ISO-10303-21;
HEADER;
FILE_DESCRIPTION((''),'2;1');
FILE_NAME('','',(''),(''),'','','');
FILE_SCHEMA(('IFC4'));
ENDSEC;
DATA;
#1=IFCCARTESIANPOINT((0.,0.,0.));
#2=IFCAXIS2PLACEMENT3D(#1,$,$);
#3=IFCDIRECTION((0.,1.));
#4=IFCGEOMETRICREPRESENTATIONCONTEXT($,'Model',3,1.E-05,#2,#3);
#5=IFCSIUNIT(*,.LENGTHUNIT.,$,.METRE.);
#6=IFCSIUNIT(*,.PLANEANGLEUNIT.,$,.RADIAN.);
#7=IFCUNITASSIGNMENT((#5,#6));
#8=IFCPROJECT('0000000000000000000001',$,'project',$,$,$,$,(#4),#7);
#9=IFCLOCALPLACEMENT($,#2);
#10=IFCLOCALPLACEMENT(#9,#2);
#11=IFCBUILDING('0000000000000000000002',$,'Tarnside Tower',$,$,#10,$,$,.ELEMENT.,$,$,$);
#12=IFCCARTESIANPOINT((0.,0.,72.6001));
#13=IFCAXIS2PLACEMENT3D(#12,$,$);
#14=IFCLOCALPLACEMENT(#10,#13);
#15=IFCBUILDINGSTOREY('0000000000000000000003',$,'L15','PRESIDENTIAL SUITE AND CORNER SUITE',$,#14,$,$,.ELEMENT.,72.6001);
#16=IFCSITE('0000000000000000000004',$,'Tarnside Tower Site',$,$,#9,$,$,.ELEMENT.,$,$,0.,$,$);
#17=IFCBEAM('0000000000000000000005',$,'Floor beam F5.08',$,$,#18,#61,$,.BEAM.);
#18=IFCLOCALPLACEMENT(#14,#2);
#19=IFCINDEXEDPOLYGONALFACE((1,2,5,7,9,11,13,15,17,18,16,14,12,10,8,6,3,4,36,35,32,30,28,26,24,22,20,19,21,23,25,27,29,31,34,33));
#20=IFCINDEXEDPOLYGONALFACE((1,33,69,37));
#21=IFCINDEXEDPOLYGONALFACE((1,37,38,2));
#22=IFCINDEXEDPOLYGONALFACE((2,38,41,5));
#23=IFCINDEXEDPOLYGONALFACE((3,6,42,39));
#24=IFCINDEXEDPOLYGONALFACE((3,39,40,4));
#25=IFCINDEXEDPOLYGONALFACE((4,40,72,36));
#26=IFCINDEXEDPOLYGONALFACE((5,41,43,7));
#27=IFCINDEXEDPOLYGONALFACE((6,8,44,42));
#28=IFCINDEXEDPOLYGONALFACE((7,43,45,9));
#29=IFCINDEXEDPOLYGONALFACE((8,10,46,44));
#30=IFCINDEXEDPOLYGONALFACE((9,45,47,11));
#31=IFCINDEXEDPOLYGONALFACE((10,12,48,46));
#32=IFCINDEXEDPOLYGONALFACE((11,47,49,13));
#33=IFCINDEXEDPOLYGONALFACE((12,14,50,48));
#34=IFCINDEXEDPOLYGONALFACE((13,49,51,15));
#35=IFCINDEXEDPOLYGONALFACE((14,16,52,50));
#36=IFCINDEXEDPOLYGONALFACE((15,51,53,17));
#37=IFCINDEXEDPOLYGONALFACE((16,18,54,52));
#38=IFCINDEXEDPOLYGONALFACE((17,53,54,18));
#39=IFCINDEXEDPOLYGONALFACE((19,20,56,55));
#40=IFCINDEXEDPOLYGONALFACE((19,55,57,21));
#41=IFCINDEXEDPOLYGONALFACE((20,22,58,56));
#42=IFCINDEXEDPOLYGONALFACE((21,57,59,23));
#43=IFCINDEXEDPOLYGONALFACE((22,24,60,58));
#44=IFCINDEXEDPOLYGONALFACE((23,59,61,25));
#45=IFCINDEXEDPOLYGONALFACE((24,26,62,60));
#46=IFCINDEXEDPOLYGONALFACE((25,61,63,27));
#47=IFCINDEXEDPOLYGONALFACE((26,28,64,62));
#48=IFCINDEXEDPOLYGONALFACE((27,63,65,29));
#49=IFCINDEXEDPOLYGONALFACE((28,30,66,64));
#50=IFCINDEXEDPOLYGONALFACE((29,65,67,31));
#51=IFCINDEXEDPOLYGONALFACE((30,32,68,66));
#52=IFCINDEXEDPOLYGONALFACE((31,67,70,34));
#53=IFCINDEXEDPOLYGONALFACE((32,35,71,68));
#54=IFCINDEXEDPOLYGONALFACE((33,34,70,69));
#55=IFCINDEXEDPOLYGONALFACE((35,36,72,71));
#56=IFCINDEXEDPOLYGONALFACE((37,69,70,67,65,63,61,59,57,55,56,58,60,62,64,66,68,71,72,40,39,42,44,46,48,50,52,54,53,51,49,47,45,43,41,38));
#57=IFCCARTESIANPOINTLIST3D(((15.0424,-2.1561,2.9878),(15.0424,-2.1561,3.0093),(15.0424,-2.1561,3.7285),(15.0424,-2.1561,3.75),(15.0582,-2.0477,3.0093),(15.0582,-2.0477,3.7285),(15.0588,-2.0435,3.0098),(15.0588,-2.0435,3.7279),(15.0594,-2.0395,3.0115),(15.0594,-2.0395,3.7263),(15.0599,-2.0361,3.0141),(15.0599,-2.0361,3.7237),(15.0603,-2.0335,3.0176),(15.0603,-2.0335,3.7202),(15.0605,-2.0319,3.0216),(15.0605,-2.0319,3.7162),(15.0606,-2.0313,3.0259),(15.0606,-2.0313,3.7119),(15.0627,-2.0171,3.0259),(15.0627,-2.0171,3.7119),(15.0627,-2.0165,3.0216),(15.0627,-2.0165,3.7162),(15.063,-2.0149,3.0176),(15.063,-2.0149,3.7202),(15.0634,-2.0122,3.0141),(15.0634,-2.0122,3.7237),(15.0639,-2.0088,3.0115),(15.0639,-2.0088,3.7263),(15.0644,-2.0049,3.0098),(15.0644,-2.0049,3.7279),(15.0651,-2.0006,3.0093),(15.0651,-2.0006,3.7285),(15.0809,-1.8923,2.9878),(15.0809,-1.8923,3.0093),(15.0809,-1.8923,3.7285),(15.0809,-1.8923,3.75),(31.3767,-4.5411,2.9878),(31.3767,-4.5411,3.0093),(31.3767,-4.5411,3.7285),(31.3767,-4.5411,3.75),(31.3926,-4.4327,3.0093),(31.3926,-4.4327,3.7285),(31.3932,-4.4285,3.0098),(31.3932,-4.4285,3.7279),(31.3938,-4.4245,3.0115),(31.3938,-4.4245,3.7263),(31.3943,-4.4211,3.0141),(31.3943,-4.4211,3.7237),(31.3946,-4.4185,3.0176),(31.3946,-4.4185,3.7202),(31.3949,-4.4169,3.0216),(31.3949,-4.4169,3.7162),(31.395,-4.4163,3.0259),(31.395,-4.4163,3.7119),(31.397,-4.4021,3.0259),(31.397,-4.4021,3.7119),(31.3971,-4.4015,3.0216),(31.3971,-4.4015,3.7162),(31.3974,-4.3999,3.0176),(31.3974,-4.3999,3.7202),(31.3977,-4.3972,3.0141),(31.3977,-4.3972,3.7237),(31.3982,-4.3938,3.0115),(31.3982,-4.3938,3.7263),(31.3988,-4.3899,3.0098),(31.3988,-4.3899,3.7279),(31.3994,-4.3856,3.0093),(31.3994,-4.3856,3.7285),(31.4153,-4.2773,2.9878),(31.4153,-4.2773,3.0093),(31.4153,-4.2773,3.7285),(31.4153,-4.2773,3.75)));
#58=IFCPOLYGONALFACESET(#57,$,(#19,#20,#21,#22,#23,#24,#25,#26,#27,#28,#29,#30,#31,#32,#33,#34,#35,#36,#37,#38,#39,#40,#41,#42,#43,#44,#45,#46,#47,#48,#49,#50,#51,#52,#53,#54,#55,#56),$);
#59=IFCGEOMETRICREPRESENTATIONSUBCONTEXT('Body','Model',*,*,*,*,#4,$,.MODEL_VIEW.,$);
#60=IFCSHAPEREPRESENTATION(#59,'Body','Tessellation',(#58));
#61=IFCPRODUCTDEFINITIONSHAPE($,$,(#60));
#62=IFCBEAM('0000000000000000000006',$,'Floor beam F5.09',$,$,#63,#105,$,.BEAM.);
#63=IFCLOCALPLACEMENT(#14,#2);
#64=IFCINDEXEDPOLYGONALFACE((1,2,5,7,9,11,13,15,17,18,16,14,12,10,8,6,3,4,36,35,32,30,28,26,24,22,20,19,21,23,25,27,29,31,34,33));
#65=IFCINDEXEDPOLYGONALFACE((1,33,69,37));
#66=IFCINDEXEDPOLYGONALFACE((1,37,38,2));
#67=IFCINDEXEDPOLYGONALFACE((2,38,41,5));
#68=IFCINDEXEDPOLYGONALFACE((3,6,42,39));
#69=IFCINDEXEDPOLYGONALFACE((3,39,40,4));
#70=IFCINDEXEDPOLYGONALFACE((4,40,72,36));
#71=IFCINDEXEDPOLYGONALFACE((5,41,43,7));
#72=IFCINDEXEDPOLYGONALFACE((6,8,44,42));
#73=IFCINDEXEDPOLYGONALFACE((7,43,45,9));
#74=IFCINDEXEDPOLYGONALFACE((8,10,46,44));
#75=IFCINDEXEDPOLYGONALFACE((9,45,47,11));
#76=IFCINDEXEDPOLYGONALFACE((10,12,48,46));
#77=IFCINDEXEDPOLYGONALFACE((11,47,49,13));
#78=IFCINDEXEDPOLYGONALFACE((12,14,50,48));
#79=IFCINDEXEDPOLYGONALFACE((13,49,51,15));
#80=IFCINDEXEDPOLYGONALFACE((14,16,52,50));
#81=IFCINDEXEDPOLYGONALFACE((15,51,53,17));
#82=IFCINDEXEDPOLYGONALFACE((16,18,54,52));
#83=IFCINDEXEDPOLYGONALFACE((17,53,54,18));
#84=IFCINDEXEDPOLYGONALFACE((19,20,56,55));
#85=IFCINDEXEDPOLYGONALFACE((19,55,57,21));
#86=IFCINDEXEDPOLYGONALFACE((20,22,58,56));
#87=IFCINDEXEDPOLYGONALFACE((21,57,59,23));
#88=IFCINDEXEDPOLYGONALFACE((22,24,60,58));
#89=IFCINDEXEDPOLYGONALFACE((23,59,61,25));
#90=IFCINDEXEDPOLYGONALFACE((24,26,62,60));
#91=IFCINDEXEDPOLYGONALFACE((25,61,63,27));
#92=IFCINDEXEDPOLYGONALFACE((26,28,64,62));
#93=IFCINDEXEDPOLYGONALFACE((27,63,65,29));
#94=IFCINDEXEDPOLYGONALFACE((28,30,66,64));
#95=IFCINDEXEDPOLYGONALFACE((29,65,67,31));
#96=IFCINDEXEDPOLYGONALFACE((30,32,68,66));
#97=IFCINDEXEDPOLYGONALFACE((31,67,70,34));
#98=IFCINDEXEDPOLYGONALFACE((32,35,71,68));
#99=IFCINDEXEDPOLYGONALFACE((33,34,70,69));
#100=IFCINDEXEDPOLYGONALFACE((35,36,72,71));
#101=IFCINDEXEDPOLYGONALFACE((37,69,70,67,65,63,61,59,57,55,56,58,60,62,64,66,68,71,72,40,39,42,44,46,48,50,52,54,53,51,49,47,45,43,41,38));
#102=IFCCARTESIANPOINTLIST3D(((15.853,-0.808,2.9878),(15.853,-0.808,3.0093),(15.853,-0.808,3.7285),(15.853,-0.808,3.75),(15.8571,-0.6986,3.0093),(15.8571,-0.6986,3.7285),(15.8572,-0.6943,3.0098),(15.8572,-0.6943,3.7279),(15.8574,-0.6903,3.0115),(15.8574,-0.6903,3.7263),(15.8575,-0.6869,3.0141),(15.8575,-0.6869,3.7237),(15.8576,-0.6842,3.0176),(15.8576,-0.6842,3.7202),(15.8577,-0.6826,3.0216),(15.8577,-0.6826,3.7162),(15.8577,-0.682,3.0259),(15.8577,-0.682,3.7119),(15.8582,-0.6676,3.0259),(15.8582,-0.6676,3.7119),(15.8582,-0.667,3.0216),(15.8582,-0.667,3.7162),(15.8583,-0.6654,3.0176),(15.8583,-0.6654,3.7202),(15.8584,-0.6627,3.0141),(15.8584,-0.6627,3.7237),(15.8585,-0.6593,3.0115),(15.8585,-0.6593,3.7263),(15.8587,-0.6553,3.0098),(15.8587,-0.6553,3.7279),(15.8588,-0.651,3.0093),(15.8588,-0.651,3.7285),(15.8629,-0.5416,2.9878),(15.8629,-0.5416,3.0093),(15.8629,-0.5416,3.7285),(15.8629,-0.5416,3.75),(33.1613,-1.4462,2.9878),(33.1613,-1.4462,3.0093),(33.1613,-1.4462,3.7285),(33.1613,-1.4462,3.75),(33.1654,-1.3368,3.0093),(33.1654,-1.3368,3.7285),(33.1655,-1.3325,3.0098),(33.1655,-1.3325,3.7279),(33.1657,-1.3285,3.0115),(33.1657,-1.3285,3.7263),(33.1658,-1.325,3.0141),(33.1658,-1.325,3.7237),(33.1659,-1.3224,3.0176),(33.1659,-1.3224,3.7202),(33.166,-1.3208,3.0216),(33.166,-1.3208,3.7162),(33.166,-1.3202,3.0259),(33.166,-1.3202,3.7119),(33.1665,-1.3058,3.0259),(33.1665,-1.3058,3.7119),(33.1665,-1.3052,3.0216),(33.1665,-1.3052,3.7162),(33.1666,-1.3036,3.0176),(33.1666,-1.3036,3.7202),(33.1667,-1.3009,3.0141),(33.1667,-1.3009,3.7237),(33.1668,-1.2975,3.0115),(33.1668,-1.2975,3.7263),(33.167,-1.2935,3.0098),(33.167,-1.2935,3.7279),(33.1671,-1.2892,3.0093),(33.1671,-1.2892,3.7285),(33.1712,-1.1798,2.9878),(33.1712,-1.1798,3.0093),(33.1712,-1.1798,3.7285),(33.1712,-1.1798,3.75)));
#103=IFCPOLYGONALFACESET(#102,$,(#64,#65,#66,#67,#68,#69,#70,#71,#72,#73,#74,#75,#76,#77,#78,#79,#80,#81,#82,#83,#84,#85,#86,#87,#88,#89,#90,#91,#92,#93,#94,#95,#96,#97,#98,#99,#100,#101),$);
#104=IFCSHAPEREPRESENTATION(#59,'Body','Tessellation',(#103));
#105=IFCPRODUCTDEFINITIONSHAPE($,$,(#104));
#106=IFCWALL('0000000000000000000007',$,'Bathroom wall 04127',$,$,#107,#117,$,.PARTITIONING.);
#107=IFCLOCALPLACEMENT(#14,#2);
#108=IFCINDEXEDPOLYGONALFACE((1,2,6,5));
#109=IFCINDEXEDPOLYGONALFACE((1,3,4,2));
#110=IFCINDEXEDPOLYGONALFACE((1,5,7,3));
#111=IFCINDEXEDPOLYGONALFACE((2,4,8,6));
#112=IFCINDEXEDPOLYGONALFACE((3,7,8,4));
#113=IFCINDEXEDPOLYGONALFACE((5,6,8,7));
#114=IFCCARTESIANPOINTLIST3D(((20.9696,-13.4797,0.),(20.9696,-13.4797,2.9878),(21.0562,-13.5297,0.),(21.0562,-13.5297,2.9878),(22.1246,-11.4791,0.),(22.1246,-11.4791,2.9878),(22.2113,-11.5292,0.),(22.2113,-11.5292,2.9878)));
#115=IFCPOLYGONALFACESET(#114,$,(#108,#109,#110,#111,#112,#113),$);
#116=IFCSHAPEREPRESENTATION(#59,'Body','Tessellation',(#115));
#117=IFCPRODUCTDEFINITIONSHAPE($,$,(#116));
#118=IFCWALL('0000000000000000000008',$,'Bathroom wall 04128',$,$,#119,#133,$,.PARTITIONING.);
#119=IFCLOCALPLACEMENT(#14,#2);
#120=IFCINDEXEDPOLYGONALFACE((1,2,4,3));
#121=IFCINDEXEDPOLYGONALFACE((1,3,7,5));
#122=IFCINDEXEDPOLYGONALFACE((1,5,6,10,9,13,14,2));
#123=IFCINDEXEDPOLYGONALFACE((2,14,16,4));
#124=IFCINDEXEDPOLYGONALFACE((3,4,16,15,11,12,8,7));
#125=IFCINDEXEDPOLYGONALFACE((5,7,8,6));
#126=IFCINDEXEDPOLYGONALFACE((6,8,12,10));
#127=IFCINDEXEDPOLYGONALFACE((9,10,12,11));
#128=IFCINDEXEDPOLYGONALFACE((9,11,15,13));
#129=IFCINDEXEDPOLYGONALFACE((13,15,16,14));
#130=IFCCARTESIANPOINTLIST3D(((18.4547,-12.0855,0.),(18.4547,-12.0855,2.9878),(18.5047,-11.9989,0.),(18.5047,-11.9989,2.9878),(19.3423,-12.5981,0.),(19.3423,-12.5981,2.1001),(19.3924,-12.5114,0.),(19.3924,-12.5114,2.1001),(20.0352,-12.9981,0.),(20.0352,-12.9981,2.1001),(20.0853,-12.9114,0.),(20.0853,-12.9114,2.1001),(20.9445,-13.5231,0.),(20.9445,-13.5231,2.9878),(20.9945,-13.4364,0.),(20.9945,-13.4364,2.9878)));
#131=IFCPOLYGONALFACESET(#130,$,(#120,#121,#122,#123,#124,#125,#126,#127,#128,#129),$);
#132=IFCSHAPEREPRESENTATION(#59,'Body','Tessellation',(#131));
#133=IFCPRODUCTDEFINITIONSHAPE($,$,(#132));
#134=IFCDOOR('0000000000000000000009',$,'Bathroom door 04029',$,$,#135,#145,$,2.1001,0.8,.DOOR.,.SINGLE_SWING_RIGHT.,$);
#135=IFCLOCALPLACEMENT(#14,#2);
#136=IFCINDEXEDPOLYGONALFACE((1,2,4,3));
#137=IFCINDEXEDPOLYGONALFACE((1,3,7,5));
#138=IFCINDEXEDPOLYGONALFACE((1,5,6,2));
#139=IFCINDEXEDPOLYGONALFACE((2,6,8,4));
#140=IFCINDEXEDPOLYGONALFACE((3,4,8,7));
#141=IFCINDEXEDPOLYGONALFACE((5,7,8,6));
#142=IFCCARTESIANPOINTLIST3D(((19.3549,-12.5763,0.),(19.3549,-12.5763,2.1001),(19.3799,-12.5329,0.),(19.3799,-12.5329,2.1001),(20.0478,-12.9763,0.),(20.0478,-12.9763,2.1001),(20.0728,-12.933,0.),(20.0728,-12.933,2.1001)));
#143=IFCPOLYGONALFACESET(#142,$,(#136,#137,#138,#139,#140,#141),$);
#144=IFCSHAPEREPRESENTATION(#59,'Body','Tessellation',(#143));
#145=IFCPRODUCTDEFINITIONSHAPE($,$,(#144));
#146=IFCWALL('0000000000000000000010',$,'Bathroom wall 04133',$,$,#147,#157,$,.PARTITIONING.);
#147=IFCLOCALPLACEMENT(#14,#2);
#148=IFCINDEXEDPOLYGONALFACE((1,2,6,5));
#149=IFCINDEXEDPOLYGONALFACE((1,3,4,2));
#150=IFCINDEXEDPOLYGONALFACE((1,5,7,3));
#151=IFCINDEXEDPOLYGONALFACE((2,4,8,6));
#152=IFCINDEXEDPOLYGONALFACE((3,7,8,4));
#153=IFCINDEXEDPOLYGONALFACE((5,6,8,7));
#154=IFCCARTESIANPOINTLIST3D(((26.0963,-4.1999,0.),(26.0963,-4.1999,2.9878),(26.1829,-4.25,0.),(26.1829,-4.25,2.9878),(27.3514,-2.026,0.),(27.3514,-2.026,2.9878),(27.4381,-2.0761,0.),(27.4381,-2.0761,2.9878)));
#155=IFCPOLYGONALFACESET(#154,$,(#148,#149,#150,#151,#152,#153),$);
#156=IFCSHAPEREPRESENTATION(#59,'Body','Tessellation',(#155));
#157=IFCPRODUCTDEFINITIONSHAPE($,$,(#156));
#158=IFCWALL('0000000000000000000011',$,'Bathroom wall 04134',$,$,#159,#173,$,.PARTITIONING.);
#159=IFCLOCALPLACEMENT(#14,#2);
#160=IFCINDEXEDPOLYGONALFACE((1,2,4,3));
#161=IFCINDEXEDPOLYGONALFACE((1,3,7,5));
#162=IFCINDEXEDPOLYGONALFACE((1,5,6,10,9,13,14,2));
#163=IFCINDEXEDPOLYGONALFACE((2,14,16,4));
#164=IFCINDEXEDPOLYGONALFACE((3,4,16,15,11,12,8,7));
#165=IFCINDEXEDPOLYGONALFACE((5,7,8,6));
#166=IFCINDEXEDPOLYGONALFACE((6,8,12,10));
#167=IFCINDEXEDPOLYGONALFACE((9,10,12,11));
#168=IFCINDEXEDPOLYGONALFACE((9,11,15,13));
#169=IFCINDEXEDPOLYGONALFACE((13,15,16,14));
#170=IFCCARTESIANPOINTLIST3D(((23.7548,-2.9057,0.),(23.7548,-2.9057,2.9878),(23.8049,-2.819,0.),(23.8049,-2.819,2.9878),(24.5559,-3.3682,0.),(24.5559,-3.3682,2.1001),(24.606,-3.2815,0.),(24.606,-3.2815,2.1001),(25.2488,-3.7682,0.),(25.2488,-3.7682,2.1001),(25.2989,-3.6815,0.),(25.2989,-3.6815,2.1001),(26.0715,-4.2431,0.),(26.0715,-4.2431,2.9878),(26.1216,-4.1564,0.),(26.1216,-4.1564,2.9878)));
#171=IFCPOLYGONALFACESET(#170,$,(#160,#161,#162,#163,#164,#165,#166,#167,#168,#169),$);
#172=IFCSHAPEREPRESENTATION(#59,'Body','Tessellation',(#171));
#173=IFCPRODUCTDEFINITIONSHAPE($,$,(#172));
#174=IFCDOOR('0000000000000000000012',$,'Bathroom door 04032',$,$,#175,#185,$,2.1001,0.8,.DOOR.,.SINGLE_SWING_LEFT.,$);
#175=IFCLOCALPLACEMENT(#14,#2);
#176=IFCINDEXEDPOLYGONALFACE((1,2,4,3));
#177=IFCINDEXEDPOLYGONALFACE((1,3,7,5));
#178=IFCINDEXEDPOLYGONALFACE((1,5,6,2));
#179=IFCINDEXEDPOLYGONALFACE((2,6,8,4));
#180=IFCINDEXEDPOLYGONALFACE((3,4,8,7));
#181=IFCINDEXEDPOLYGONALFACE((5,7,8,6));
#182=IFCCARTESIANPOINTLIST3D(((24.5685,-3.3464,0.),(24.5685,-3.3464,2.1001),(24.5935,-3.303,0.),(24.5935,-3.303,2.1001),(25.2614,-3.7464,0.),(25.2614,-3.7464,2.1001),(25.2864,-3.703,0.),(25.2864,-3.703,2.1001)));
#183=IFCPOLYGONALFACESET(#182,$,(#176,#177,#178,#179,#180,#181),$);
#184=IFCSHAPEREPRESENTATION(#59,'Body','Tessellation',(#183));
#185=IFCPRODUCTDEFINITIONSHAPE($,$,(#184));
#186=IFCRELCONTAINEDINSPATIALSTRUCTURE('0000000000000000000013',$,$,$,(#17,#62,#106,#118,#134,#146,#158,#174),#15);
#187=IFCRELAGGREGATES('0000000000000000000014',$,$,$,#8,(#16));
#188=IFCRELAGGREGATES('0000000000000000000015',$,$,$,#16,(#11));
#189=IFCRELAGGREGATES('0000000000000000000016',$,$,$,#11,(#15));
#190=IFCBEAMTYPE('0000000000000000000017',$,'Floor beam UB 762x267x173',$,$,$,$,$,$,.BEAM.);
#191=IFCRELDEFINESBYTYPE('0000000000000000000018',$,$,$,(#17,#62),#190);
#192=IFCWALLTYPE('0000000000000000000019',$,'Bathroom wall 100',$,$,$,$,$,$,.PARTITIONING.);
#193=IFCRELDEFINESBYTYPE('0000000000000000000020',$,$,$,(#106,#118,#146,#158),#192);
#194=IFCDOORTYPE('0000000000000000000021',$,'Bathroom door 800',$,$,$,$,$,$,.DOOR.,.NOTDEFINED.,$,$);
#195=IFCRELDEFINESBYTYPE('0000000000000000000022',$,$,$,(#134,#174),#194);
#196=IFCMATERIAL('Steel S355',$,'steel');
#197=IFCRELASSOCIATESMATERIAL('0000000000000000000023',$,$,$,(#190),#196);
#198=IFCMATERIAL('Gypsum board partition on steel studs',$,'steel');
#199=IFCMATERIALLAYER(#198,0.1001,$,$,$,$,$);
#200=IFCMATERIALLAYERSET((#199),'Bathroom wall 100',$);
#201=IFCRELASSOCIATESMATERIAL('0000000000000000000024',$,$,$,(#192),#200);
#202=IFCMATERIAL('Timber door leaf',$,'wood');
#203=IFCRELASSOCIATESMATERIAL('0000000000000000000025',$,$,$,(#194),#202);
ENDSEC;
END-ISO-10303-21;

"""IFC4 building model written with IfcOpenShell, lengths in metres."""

from ifc_helpers import new_model, si_unit, direction, frame, frame_2d, origin, origin_2d, place, context, subcontext, project, spatial, rectangle, i_section, extrude, material, layer, layer_set, material_profile, profile_set, type_object, element, fill, save


model = new_model("IFC4")

# Units and contexts
model_context = context("Model", 3, precision=1e-05, world=origin(), true_north=direction((0.0, 1.0)))
body_context = subcontext(model_context, "Body", "Model", "MODEL_VIEW")
ifc_project = project(units=[si_unit("LENGTHUNIT", "METRE"), si_unit("PLANEANGLEUNIT", "RADIAN")], contexts=[model_context])

# Site, building, storey
site_placement = place(None, origin())
site = spatial("IfcSite", under=ifc_project, at=site_placement, Name="Tarnside Tower Site", CompositionType="ELEMENT", RefElevation=0.0)
building_placement = place(site_placement, origin())
building = spatial("IfcBuilding", under=site, at=building_placement, Name="Tarnside Tower", CompositionType="ELEMENT")
storey_placement = place(building_placement, frame((0.0, 0.0, 72.6001)))
storey = spatial("IfcBuildingStorey", under=building, at=storey_placement, Name="L15", Description="PRESIDENTIAL SUITE AND CORNER SUITE", CompositionType="ELEMENT", Elevation=72.6001)

# Beams
ifc_material_1 = material(Name="Steel S355", Category="steel")
ifc_material_profile_1 = material_profile(ifc_material_1, i_section(OverallWidth=0.2666, OverallDepth=0.7622, WebThickness=0.0144, FlangeThickness=0.0215, FilletRadius=0.0166, at=origin_2d()), Name="UB 762x267x173")
ifc_profile_set_1 = profile_set([ifc_material_profile_1], Name="Steel S355")
beam_type_1 = type_object("IfcBeamType", Name="Floor beam UB 762x267x173", PredefinedType="BEAM", material=ifc_profile_set_1)
beam_1_placement = place(storey_placement, frame((31.396, -4.4092, 3.3689), z_axis=(-0.989508, 0.144479, 0.0), x_axis=(-0.144479, -0.989508, 0.0)))
element("IfcBeam", 1, at=beam_1_placement, inside=storey, type_object=beam_type_1, Name="Floor beam F5.08", PredefinedType="BEAM", context=body_context, shape_type="SweptSolid", body=[
    extrude(i_section(OverallWidth=0.2666, OverallDepth=0.7622, WebThickness=0.0144, FlangeThickness=0.0215, FilletRadius=0.0166, at=origin_2d()), origin(), (0.0, 0.0, 1.0), 16.5076),
])
beam_2_placement = place(storey_placement, frame((33.1663, -1.313, 3.3689), z_axis=(-0.999321, 0.036846, 0.0), x_axis=(-0.036846, -0.999321, 0.0)))
element("IfcBeam", 2, at=beam_2_placement, inside=storey, type_object=beam_type_1, Name="Floor beam F5.09", PredefinedType="BEAM", context=body_context, shape_type="SweptSolid", body=[
    extrude(i_section(OverallWidth=0.2666, OverallDepth=0.7622, WebThickness=0.0144, FlangeThickness=0.0215, FilletRadius=0.0166, at=origin_2d()), origin(), (0.0, 0.0, 1.0), 17.3201),
])

# Wall
ifc_material_2 = material(Name="Gypsum board partition on steel studs", Category="steel")
ifc_layer_1 = layer(ifc_material_2, 0.1001)
ifc_layer_set_1 = layer_set([ifc_layer_1], Name="Bathroom wall 100")
wall_type_1 = type_object("IfcWallType", Name="Bathroom wall 100", PredefinedType="PARTITIONING", material=ifc_layer_set_1)
wall_1_placement = place(storey_placement, frame((22.168, -11.5042, 0.0), z_axis=(0.0, 0.0, 1.0), x_axis=(-0.500015, -0.866017, 0.0)))
element("IfcWall", 3, at=wall_1_placement, inside=storey, type_object=wall_type_1, Name="Bathroom wall 04127", PredefinedType="PARTITIONING", context=body_context, shape_type="SweptSolid", body=[
    extrude(rectangle(XDim=2.3101, YDim=0.1001, at=frame_2d((1.155, 0.0))), origin(), (0.0, 0.0, 1.0), 2.9878),
])

# Wall, opening, door
wall_2_placement = place(storey_placement, frame((20.9695, -13.4797, 0.0), z_axis=(0.0, 0.0, 1.0), x_axis=(-0.866019, 0.500012, 0.0)))
wall_2 = element("IfcWall", 4, at=wall_2_placement, inside=storey, type_object=wall_type_1, Name="Bathroom wall 04128", PredefinedType="PARTITIONING", context=body_context, shape_type="SweptSolid", body=[
    extrude(rectangle(XDim=2.875, YDim=0.1001, at=frame_2d((1.4375, 0.0))), origin(), (0.0, 0.0, 1.0), 2.9878),
])
opening_1_placement = place(wall_2_placement, frame((1.05, 0.0, 0.0)))
opening_1 = element("IfcOpeningElement", 5, at=opening_1_placement, cuts=wall_2, PredefinedType="OPENING", context=body_context, shape_type="SweptSolid", body=[
    extrude(rectangle(XDim=0.8, YDim=2.1001, at=frame_2d((0.3999, 1.05))), frame((0.0, 0.0601, 0.0), z_axis=(0.0, -1.0, 0.0), x_axis=(1.0, 0.0, 0.0)), (0.0, 0.0, 1.0), 0.1201),
])
ifc_material_3 = material(Name="Timber door leaf", Category="wood")
door_type_1 = type_object("IfcDoorType", Name="Bathroom door 800", OperationType="NOTDEFINED", PredefinedType="DOOR", material=ifc_material_3)
door_1_placement = place(opening_1_placement, origin())
door_1 = element("IfcDoor", 6, at=door_1_placement, inside=storey, type_object=door_type_1, Name="Bathroom door 04029", OperationType="SINGLE_SWING_RIGHT", OverallHeight=2.1001, OverallWidth=0.8, PredefinedType="DOOR", context=body_context, shape_type="SweptSolid", body=[
    extrude(rectangle(XDim=0.8, YDim=2.1001, at=frame_2d((0.3999, 1.05))), frame((0.0, 0.0249, 0.0), z_axis=(0.0, -1.0, 0.0), x_axis=(1.0, 0.0, 0.0)), (0.0, 0.0, 1.0), 0.05),
])
fill(opening_1, door_1)

# Wall
wall_3_placement = place(storey_placement, frame((27.3948, -2.051, 0.0), z_axis=(0.0, 0.0, 1.0), x_axis=(-0.50002, -0.866014, 0.0)))
element("IfcWall", 7, at=wall_3_placement, inside=storey, type_object=wall_type_1, Name="Bathroom wall 04133", PredefinedType="PARTITIONING", context=body_context, shape_type="SweptSolid", body=[
    extrude(rectangle(XDim=2.5103, YDim=0.1001, at=frame_2d((1.2551, 0.0))), origin(), (0.0, 0.0, 1.0), 2.9878),
])

# Wall, opening, door
wall_4_placement = place(storey_placement, frame((26.0964, -4.1997, 0.0), z_axis=(0.0, 0.0, 1.0), x_axis=(-0.866044, 0.499967, 0.0)))
wall_4 = element("IfcWall", 8, at=wall_4_placement, inside=storey, type_object=wall_type_1, Name="Bathroom wall 04134", PredefinedType="PARTITIONING", context=body_context, shape_type="SweptSolid", body=[
    extrude(rectangle(XDim=2.675, YDim=0.1001, at=frame_2d((1.3374, 0.0))), origin(), (0.0, 0.0, 1.0), 2.9878),
])
opening_2_placement = place(wall_4_placement, frame((0.95, 0.0, 0.0)))
opening_2 = element("IfcOpeningElement", 9, at=opening_2_placement, cuts=wall_4, PredefinedType="OPENING", context=body_context, shape_type="SweptSolid", body=[
    extrude(rectangle(XDim=0.8, YDim=2.1001, at=frame_2d((0.3999, 1.05))), frame((0.0, 0.0601, 0.0), z_axis=(0.0, -1.0, 0.0), x_axis=(1.0, 0.0, 0.0)), (0.0, 0.0, 1.0), 0.1201),
])
door_2_placement = place(opening_2_placement, origin())
door_2 = element("IfcDoor", 10, at=door_2_placement, inside=storey, type_object=door_type_1, Name="Bathroom door 04032", OperationType="SINGLE_SWING_LEFT", OverallHeight=2.1001, OverallWidth=0.8, PredefinedType="DOOR", context=body_context, shape_type="SweptSolid", body=[
    extrude(rectangle(XDim=0.8, YDim=2.1001, at=frame_2d((0.3999, 1.05))), frame((0.0, 0.0249, 0.0), z_axis=(0.0, -1.0, 0.0), x_axis=(1.0, 0.0, 0.0)), (0.0, 0.0, 1.0), 0.05),
])
fill(opening_2, door_2)

save(model, "model.ifc")
